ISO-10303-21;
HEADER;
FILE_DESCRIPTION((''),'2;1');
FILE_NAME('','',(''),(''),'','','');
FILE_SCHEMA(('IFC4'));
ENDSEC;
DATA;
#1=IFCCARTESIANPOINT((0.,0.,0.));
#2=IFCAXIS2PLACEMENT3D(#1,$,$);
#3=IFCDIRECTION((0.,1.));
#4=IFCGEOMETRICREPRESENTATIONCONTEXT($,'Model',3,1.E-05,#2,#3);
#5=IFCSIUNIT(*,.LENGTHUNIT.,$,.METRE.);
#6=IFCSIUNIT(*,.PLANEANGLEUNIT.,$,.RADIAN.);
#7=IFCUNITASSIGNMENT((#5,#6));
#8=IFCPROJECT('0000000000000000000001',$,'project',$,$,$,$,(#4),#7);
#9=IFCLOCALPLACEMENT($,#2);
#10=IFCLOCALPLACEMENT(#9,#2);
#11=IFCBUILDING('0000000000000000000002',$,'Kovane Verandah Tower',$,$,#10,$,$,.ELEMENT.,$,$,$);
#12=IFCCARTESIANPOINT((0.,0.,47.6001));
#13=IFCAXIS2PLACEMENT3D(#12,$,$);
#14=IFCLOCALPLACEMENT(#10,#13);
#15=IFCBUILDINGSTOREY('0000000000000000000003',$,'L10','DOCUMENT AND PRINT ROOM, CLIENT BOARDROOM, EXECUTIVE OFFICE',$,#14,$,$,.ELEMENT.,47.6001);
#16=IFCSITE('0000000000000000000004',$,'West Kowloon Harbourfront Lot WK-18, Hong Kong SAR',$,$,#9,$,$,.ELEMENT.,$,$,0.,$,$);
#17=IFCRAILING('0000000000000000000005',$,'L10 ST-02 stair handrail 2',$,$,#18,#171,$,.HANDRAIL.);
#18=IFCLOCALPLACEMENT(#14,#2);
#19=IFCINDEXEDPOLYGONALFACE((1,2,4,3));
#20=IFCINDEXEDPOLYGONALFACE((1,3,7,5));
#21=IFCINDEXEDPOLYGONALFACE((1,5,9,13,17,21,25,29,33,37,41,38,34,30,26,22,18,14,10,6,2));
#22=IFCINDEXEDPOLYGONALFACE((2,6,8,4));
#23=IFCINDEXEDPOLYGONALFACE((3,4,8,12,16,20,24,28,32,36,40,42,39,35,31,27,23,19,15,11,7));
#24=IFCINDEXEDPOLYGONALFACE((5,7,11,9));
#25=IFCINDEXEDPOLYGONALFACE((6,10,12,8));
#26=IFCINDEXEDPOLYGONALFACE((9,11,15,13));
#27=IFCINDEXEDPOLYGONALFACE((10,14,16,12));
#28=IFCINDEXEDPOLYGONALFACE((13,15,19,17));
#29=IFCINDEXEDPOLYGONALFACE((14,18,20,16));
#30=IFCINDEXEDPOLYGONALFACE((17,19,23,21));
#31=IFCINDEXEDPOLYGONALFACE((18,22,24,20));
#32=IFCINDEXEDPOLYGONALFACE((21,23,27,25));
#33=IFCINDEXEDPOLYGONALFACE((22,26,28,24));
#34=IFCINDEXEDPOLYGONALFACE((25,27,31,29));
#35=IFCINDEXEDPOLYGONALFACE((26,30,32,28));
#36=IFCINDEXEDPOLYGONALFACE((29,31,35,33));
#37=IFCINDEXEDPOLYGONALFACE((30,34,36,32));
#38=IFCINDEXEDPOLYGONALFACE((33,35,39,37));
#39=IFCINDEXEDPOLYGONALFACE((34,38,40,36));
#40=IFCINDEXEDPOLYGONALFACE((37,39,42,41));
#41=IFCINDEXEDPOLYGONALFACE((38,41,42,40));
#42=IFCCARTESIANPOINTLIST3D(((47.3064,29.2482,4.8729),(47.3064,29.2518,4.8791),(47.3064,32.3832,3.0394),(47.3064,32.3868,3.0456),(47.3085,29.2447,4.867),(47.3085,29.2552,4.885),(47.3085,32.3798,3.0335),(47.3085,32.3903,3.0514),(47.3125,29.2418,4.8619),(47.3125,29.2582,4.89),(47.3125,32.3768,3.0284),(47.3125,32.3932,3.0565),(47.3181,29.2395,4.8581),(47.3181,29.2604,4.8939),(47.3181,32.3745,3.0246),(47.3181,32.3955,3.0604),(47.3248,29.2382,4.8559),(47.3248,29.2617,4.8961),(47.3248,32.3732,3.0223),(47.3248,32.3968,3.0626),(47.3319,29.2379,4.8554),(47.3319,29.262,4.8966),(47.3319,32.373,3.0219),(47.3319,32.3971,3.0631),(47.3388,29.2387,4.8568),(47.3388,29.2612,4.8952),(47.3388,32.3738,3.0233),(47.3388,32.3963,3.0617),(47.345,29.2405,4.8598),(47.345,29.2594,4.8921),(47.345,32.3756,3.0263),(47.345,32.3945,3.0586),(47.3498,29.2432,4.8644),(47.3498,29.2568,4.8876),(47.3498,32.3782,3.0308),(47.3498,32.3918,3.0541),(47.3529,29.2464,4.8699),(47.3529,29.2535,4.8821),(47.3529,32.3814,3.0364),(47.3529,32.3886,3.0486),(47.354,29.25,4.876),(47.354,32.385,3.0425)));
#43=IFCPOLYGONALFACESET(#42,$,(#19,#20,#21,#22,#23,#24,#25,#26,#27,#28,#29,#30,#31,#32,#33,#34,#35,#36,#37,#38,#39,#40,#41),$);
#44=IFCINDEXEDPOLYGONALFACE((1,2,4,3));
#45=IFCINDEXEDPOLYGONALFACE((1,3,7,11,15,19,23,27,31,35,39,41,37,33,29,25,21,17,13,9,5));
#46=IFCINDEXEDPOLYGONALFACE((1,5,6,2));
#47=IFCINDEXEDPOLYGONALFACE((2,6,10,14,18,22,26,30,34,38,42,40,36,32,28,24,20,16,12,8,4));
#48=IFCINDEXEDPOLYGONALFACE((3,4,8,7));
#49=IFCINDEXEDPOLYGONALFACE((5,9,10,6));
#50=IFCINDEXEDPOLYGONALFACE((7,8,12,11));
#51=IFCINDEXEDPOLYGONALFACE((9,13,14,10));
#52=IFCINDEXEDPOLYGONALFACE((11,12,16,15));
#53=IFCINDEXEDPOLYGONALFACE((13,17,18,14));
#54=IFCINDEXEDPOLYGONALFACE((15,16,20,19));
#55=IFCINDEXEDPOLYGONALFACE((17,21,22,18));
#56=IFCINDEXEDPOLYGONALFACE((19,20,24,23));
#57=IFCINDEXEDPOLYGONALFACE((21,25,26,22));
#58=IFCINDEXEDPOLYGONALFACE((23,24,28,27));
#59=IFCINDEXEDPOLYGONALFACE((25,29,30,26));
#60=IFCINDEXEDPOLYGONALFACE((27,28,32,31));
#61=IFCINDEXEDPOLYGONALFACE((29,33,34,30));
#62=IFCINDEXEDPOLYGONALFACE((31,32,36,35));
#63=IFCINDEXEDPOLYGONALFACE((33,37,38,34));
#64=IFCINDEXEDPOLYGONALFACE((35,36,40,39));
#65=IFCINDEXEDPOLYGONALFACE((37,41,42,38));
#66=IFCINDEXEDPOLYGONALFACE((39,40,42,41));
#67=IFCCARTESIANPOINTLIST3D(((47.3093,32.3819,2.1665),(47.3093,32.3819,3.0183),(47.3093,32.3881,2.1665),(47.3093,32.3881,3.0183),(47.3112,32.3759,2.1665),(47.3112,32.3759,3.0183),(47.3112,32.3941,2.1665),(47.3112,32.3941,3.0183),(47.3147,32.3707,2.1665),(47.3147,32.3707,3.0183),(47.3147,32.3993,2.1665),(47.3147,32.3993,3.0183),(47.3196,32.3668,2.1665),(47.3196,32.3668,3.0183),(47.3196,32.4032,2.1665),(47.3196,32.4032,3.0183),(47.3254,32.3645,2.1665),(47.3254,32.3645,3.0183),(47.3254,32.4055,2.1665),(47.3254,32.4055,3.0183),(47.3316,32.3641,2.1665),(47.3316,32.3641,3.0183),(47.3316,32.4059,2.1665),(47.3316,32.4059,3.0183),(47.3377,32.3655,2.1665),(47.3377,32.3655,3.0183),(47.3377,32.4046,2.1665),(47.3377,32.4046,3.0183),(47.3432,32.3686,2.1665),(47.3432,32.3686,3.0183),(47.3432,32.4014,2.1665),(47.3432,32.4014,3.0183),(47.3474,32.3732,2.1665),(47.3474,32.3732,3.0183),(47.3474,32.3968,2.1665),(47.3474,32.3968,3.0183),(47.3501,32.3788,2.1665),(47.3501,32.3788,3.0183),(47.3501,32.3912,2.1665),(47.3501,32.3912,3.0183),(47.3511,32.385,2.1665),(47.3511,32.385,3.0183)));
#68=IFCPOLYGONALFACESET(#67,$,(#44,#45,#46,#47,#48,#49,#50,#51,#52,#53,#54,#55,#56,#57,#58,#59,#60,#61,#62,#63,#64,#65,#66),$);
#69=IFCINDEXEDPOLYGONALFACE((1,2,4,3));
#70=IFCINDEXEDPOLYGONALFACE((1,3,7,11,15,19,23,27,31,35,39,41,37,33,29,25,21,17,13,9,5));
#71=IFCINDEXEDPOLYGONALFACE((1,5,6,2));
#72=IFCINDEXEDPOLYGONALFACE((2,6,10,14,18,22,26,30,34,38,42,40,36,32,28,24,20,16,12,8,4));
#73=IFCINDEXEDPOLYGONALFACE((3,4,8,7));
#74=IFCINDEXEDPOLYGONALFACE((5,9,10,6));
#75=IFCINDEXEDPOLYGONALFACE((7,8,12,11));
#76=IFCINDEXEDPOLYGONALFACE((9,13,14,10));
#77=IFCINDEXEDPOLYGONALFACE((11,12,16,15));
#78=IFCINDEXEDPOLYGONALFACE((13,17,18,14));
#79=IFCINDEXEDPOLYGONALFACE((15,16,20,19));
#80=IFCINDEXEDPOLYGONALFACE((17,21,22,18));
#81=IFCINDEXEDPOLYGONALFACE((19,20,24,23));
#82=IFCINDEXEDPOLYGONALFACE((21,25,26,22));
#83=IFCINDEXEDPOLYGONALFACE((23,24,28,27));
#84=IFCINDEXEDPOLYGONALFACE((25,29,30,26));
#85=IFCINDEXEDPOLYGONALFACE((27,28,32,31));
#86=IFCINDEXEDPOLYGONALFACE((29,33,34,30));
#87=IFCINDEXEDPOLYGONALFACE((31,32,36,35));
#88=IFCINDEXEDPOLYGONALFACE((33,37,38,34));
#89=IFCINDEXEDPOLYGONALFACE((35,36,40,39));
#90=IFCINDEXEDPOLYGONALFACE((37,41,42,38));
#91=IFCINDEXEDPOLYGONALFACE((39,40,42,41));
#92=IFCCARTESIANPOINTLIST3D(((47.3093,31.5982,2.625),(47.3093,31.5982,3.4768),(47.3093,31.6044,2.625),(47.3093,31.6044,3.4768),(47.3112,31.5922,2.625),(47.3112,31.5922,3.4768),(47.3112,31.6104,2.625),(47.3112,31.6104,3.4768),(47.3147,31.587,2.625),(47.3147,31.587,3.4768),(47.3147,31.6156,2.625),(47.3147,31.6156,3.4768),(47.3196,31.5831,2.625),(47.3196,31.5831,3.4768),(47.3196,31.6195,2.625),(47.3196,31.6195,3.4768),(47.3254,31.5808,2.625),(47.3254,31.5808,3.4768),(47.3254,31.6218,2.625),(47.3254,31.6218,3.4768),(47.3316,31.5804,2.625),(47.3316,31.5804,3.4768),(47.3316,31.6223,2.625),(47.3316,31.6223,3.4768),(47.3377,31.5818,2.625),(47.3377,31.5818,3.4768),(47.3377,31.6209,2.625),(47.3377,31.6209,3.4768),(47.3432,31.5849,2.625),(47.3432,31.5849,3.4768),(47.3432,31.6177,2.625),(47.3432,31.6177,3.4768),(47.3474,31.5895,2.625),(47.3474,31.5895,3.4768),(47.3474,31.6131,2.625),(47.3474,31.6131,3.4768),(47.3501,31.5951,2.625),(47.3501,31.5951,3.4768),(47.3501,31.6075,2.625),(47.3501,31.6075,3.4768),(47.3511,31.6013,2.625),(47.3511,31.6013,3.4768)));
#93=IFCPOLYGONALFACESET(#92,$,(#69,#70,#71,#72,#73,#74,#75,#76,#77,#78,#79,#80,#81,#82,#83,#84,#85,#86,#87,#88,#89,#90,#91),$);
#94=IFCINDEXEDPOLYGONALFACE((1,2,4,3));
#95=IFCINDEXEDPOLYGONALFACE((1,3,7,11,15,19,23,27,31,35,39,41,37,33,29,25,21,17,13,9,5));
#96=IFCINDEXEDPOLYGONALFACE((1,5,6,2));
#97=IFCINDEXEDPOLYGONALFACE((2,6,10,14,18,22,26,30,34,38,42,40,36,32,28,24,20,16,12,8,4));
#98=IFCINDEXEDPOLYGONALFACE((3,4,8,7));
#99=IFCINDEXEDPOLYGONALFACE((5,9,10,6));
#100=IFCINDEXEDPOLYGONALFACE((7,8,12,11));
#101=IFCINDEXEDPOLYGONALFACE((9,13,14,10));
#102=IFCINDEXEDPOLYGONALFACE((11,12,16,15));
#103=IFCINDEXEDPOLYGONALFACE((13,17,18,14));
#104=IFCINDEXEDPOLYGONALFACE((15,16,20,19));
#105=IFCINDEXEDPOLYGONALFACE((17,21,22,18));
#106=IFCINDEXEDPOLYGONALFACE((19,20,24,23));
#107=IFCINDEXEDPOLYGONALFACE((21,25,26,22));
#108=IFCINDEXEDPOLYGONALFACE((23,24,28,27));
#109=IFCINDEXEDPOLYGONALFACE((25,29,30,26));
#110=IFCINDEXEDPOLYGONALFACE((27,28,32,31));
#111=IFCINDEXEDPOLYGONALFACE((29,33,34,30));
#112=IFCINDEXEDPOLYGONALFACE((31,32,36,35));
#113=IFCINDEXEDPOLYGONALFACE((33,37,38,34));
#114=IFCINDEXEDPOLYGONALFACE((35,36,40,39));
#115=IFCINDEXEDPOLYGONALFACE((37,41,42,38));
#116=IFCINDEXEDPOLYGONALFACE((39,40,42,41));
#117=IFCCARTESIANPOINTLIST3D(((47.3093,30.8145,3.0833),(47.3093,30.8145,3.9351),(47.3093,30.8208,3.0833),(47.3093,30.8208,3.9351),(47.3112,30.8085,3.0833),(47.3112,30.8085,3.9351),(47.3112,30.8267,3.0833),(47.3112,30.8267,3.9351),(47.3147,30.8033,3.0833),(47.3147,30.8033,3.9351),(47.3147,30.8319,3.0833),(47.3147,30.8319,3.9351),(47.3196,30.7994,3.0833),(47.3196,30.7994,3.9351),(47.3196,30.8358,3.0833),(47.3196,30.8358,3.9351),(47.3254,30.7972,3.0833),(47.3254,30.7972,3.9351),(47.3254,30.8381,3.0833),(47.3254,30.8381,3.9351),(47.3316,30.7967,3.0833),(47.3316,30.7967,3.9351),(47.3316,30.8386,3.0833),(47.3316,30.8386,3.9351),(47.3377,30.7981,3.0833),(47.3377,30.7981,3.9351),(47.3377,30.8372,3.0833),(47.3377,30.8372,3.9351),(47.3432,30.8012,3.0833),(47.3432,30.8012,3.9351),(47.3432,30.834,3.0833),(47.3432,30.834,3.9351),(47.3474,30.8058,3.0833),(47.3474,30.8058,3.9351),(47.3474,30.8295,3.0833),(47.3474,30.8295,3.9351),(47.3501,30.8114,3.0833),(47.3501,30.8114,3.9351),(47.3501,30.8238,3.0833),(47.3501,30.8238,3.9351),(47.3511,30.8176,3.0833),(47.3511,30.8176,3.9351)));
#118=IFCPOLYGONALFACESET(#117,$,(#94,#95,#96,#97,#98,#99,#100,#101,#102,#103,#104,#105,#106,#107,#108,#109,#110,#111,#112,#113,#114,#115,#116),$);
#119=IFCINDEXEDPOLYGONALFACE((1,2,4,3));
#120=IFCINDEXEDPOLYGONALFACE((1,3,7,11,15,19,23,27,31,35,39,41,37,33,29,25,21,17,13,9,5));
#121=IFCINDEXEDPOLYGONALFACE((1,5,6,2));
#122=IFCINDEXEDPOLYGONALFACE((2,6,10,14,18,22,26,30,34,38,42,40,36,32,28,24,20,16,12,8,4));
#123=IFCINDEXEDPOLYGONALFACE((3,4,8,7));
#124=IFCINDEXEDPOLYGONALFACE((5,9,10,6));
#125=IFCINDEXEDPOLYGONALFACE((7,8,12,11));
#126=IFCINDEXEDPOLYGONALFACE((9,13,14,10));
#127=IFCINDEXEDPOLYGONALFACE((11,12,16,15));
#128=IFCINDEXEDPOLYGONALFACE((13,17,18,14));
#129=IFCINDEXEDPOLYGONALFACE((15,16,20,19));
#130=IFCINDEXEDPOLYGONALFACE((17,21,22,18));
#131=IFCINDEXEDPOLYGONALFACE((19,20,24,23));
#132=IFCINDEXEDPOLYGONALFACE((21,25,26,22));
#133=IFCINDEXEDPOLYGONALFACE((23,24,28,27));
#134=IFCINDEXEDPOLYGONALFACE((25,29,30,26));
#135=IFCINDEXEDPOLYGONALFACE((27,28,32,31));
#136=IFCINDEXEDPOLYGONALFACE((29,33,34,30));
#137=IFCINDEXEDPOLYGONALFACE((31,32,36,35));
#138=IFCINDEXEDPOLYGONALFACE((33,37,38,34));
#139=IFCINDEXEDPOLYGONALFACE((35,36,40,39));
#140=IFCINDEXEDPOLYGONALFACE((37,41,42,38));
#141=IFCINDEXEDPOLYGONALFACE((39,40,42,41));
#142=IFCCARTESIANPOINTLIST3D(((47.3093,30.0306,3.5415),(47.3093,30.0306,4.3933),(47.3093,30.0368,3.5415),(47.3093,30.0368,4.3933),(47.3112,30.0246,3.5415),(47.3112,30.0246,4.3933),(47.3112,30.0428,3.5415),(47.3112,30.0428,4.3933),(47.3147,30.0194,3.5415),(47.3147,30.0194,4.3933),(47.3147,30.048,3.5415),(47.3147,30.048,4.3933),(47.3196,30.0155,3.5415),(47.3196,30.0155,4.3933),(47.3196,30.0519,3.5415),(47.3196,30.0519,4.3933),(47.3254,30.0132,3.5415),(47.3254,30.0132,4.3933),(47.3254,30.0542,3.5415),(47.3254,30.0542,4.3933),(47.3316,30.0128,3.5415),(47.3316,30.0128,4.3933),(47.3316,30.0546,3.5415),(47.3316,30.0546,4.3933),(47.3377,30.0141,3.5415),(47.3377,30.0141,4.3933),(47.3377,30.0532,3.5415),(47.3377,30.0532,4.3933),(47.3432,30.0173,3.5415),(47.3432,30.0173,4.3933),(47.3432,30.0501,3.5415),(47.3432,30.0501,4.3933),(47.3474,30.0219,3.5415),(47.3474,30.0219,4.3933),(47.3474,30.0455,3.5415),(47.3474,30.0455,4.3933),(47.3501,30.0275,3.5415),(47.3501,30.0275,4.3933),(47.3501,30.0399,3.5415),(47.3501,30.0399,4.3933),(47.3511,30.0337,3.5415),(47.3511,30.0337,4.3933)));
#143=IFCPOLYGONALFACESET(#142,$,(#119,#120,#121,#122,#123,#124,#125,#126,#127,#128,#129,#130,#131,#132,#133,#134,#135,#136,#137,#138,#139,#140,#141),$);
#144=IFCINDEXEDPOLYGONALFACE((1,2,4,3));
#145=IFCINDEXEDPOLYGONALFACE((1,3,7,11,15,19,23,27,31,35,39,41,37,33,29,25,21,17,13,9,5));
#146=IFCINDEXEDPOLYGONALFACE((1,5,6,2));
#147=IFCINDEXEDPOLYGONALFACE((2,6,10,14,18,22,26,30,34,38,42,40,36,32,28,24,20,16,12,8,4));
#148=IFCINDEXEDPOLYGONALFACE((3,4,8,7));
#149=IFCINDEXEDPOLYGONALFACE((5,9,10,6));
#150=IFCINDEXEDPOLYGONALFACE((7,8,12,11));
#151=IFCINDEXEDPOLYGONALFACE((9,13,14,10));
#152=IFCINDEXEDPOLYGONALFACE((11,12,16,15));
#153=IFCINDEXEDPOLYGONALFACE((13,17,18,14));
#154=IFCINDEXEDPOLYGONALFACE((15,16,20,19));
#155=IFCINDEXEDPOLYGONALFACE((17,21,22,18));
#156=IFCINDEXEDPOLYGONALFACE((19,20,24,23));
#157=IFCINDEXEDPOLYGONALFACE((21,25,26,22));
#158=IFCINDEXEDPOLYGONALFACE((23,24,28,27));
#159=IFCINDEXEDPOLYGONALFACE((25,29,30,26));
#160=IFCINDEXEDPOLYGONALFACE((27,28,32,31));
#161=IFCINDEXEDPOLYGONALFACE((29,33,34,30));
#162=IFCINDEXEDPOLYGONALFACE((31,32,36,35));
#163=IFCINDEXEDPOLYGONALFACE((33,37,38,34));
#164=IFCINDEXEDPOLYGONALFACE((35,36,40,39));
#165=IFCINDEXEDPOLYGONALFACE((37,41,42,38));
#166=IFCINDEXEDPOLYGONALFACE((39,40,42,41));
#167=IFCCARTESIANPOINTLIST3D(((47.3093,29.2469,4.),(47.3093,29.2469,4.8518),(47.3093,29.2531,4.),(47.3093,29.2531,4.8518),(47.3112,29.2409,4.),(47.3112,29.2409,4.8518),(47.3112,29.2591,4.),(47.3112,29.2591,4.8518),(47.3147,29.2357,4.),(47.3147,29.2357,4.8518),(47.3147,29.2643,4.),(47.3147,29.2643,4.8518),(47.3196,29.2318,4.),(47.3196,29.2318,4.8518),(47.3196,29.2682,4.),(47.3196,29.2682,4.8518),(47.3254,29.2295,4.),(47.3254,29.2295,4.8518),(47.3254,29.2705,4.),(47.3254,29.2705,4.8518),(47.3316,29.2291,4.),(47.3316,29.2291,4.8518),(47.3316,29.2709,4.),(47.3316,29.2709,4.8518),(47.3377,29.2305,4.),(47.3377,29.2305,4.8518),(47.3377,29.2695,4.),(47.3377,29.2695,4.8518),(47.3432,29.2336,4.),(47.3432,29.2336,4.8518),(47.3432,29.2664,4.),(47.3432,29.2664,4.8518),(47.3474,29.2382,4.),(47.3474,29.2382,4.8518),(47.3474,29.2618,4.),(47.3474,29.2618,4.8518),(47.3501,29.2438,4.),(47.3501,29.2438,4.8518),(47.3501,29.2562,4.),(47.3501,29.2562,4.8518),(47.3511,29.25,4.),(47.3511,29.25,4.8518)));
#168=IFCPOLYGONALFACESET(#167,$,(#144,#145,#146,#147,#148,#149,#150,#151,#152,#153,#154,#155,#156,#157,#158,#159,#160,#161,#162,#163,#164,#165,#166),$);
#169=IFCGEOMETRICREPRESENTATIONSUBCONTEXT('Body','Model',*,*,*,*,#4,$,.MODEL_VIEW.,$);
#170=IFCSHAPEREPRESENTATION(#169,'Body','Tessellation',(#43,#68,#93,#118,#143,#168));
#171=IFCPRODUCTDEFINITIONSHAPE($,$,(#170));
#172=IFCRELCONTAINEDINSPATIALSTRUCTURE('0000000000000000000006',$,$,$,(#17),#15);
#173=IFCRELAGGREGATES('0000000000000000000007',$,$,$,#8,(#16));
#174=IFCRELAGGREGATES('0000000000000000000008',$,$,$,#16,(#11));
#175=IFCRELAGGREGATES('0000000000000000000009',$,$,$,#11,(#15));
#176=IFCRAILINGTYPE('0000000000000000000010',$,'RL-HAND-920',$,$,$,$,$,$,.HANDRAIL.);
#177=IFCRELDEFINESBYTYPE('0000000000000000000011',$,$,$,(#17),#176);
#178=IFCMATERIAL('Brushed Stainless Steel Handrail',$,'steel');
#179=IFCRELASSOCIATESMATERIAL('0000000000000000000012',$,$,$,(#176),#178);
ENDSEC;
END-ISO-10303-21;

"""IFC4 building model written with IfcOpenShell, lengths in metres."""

from ifc_helpers import new_model, si_unit, direction, frame, origin, origin_2d, place, context, subcontext, project, spatial, circle, extrude, material, type_object, element, save


model = new_model("IFC4")

# Units and contexts
model_context = context("Model", 3, precision=1e-05, world=origin(), true_north=direction((0.0, 1.0)))
body_context = subcontext(model_context, "Body", "Model", "MODEL_VIEW")
ifc_project = project(units=[si_unit("LENGTHUNIT", "METRE"), si_unit("PLANEANGLEUNIT", "RADIAN")], contexts=[model_context])

# Site, building, storey
site_placement = place(None, origin())
site = spatial("IfcSite", under=ifc_project, at=site_placement, Name="West Kowloon Harbourfront Lot WK-18, Hong Kong SAR", CompositionType="ELEMENT", RefElevation=0.0)
building_placement = place(site_placement, origin())
building = spatial("IfcBuilding", under=site, at=building_placement, Name="Kovane Verandah Tower", CompositionType="ELEMENT")
storey_placement = place(building_placement, frame((0.0, 0.0, 47.6001)))
storey = spatial("IfcBuildingStorey", under=building, at=storey_placement, Name="L10", Description="DOCUMENT AND PRINT ROOM, CLIENT BOARDROOM, EXECUTIVE OFFICE", CompositionType="ELEMENT", Elevation=47.6001)

# Railing
ifc_material_1 = material(Name="Brushed Stainless Steel Handrail", Category="steel")
railing_type_1 = type_object("IfcRailingType", Name="RL-HAND-920", PredefinedType="HANDRAIL", material=ifc_material_1)
railing_1_placement = place(storey_placement, frame((47.3301, 32.385, 2.1665)))
element("IfcRailing", 1, at=railing_1_placement, inside=storey, type_object=railing_type_1, Name="L10 ST-02 stair handrail 2", PredefinedType="HANDRAIL", context=body_context, shape_type="SweptSolid", body=[
    extrude(circle(Radius=0.0239, at=origin_2d()), frame((0.0, 0.0, 0.876), z_axis=(0.0, -0.86321, 0.504845), x_axis=(1.0, 0.0, 0.0)), (0.0, 0.0, 1.0), 3.6318),
    extrude(circle(Radius=0.021, at=origin_2d()), origin(), (0.0, 0.0, 1.0), 0.8518),
    extrude(circle(Radius=0.021, at=origin_2d()), frame((0.0, -0.7837, 0.4585)), (0.0, 0.0, 1.0), 0.8518),
    extrude(circle(Radius=0.021, at=origin_2d()), frame((0.0, -1.5674, 0.9167)), (0.0, 0.0, 1.0), 0.8518),
    extrude(circle(Radius=0.021, at=origin_2d()), frame((0.0, -2.3513, 1.375)), (0.0, 0.0, 1.0), 0.8518),
    extrude(circle(Radius=0.021, at=origin_2d()), frame((0.0, -3.135, 1.8335)), (0.0, 0.0, 1.0), 0.8518),
])

save(model, "model.ifc")
